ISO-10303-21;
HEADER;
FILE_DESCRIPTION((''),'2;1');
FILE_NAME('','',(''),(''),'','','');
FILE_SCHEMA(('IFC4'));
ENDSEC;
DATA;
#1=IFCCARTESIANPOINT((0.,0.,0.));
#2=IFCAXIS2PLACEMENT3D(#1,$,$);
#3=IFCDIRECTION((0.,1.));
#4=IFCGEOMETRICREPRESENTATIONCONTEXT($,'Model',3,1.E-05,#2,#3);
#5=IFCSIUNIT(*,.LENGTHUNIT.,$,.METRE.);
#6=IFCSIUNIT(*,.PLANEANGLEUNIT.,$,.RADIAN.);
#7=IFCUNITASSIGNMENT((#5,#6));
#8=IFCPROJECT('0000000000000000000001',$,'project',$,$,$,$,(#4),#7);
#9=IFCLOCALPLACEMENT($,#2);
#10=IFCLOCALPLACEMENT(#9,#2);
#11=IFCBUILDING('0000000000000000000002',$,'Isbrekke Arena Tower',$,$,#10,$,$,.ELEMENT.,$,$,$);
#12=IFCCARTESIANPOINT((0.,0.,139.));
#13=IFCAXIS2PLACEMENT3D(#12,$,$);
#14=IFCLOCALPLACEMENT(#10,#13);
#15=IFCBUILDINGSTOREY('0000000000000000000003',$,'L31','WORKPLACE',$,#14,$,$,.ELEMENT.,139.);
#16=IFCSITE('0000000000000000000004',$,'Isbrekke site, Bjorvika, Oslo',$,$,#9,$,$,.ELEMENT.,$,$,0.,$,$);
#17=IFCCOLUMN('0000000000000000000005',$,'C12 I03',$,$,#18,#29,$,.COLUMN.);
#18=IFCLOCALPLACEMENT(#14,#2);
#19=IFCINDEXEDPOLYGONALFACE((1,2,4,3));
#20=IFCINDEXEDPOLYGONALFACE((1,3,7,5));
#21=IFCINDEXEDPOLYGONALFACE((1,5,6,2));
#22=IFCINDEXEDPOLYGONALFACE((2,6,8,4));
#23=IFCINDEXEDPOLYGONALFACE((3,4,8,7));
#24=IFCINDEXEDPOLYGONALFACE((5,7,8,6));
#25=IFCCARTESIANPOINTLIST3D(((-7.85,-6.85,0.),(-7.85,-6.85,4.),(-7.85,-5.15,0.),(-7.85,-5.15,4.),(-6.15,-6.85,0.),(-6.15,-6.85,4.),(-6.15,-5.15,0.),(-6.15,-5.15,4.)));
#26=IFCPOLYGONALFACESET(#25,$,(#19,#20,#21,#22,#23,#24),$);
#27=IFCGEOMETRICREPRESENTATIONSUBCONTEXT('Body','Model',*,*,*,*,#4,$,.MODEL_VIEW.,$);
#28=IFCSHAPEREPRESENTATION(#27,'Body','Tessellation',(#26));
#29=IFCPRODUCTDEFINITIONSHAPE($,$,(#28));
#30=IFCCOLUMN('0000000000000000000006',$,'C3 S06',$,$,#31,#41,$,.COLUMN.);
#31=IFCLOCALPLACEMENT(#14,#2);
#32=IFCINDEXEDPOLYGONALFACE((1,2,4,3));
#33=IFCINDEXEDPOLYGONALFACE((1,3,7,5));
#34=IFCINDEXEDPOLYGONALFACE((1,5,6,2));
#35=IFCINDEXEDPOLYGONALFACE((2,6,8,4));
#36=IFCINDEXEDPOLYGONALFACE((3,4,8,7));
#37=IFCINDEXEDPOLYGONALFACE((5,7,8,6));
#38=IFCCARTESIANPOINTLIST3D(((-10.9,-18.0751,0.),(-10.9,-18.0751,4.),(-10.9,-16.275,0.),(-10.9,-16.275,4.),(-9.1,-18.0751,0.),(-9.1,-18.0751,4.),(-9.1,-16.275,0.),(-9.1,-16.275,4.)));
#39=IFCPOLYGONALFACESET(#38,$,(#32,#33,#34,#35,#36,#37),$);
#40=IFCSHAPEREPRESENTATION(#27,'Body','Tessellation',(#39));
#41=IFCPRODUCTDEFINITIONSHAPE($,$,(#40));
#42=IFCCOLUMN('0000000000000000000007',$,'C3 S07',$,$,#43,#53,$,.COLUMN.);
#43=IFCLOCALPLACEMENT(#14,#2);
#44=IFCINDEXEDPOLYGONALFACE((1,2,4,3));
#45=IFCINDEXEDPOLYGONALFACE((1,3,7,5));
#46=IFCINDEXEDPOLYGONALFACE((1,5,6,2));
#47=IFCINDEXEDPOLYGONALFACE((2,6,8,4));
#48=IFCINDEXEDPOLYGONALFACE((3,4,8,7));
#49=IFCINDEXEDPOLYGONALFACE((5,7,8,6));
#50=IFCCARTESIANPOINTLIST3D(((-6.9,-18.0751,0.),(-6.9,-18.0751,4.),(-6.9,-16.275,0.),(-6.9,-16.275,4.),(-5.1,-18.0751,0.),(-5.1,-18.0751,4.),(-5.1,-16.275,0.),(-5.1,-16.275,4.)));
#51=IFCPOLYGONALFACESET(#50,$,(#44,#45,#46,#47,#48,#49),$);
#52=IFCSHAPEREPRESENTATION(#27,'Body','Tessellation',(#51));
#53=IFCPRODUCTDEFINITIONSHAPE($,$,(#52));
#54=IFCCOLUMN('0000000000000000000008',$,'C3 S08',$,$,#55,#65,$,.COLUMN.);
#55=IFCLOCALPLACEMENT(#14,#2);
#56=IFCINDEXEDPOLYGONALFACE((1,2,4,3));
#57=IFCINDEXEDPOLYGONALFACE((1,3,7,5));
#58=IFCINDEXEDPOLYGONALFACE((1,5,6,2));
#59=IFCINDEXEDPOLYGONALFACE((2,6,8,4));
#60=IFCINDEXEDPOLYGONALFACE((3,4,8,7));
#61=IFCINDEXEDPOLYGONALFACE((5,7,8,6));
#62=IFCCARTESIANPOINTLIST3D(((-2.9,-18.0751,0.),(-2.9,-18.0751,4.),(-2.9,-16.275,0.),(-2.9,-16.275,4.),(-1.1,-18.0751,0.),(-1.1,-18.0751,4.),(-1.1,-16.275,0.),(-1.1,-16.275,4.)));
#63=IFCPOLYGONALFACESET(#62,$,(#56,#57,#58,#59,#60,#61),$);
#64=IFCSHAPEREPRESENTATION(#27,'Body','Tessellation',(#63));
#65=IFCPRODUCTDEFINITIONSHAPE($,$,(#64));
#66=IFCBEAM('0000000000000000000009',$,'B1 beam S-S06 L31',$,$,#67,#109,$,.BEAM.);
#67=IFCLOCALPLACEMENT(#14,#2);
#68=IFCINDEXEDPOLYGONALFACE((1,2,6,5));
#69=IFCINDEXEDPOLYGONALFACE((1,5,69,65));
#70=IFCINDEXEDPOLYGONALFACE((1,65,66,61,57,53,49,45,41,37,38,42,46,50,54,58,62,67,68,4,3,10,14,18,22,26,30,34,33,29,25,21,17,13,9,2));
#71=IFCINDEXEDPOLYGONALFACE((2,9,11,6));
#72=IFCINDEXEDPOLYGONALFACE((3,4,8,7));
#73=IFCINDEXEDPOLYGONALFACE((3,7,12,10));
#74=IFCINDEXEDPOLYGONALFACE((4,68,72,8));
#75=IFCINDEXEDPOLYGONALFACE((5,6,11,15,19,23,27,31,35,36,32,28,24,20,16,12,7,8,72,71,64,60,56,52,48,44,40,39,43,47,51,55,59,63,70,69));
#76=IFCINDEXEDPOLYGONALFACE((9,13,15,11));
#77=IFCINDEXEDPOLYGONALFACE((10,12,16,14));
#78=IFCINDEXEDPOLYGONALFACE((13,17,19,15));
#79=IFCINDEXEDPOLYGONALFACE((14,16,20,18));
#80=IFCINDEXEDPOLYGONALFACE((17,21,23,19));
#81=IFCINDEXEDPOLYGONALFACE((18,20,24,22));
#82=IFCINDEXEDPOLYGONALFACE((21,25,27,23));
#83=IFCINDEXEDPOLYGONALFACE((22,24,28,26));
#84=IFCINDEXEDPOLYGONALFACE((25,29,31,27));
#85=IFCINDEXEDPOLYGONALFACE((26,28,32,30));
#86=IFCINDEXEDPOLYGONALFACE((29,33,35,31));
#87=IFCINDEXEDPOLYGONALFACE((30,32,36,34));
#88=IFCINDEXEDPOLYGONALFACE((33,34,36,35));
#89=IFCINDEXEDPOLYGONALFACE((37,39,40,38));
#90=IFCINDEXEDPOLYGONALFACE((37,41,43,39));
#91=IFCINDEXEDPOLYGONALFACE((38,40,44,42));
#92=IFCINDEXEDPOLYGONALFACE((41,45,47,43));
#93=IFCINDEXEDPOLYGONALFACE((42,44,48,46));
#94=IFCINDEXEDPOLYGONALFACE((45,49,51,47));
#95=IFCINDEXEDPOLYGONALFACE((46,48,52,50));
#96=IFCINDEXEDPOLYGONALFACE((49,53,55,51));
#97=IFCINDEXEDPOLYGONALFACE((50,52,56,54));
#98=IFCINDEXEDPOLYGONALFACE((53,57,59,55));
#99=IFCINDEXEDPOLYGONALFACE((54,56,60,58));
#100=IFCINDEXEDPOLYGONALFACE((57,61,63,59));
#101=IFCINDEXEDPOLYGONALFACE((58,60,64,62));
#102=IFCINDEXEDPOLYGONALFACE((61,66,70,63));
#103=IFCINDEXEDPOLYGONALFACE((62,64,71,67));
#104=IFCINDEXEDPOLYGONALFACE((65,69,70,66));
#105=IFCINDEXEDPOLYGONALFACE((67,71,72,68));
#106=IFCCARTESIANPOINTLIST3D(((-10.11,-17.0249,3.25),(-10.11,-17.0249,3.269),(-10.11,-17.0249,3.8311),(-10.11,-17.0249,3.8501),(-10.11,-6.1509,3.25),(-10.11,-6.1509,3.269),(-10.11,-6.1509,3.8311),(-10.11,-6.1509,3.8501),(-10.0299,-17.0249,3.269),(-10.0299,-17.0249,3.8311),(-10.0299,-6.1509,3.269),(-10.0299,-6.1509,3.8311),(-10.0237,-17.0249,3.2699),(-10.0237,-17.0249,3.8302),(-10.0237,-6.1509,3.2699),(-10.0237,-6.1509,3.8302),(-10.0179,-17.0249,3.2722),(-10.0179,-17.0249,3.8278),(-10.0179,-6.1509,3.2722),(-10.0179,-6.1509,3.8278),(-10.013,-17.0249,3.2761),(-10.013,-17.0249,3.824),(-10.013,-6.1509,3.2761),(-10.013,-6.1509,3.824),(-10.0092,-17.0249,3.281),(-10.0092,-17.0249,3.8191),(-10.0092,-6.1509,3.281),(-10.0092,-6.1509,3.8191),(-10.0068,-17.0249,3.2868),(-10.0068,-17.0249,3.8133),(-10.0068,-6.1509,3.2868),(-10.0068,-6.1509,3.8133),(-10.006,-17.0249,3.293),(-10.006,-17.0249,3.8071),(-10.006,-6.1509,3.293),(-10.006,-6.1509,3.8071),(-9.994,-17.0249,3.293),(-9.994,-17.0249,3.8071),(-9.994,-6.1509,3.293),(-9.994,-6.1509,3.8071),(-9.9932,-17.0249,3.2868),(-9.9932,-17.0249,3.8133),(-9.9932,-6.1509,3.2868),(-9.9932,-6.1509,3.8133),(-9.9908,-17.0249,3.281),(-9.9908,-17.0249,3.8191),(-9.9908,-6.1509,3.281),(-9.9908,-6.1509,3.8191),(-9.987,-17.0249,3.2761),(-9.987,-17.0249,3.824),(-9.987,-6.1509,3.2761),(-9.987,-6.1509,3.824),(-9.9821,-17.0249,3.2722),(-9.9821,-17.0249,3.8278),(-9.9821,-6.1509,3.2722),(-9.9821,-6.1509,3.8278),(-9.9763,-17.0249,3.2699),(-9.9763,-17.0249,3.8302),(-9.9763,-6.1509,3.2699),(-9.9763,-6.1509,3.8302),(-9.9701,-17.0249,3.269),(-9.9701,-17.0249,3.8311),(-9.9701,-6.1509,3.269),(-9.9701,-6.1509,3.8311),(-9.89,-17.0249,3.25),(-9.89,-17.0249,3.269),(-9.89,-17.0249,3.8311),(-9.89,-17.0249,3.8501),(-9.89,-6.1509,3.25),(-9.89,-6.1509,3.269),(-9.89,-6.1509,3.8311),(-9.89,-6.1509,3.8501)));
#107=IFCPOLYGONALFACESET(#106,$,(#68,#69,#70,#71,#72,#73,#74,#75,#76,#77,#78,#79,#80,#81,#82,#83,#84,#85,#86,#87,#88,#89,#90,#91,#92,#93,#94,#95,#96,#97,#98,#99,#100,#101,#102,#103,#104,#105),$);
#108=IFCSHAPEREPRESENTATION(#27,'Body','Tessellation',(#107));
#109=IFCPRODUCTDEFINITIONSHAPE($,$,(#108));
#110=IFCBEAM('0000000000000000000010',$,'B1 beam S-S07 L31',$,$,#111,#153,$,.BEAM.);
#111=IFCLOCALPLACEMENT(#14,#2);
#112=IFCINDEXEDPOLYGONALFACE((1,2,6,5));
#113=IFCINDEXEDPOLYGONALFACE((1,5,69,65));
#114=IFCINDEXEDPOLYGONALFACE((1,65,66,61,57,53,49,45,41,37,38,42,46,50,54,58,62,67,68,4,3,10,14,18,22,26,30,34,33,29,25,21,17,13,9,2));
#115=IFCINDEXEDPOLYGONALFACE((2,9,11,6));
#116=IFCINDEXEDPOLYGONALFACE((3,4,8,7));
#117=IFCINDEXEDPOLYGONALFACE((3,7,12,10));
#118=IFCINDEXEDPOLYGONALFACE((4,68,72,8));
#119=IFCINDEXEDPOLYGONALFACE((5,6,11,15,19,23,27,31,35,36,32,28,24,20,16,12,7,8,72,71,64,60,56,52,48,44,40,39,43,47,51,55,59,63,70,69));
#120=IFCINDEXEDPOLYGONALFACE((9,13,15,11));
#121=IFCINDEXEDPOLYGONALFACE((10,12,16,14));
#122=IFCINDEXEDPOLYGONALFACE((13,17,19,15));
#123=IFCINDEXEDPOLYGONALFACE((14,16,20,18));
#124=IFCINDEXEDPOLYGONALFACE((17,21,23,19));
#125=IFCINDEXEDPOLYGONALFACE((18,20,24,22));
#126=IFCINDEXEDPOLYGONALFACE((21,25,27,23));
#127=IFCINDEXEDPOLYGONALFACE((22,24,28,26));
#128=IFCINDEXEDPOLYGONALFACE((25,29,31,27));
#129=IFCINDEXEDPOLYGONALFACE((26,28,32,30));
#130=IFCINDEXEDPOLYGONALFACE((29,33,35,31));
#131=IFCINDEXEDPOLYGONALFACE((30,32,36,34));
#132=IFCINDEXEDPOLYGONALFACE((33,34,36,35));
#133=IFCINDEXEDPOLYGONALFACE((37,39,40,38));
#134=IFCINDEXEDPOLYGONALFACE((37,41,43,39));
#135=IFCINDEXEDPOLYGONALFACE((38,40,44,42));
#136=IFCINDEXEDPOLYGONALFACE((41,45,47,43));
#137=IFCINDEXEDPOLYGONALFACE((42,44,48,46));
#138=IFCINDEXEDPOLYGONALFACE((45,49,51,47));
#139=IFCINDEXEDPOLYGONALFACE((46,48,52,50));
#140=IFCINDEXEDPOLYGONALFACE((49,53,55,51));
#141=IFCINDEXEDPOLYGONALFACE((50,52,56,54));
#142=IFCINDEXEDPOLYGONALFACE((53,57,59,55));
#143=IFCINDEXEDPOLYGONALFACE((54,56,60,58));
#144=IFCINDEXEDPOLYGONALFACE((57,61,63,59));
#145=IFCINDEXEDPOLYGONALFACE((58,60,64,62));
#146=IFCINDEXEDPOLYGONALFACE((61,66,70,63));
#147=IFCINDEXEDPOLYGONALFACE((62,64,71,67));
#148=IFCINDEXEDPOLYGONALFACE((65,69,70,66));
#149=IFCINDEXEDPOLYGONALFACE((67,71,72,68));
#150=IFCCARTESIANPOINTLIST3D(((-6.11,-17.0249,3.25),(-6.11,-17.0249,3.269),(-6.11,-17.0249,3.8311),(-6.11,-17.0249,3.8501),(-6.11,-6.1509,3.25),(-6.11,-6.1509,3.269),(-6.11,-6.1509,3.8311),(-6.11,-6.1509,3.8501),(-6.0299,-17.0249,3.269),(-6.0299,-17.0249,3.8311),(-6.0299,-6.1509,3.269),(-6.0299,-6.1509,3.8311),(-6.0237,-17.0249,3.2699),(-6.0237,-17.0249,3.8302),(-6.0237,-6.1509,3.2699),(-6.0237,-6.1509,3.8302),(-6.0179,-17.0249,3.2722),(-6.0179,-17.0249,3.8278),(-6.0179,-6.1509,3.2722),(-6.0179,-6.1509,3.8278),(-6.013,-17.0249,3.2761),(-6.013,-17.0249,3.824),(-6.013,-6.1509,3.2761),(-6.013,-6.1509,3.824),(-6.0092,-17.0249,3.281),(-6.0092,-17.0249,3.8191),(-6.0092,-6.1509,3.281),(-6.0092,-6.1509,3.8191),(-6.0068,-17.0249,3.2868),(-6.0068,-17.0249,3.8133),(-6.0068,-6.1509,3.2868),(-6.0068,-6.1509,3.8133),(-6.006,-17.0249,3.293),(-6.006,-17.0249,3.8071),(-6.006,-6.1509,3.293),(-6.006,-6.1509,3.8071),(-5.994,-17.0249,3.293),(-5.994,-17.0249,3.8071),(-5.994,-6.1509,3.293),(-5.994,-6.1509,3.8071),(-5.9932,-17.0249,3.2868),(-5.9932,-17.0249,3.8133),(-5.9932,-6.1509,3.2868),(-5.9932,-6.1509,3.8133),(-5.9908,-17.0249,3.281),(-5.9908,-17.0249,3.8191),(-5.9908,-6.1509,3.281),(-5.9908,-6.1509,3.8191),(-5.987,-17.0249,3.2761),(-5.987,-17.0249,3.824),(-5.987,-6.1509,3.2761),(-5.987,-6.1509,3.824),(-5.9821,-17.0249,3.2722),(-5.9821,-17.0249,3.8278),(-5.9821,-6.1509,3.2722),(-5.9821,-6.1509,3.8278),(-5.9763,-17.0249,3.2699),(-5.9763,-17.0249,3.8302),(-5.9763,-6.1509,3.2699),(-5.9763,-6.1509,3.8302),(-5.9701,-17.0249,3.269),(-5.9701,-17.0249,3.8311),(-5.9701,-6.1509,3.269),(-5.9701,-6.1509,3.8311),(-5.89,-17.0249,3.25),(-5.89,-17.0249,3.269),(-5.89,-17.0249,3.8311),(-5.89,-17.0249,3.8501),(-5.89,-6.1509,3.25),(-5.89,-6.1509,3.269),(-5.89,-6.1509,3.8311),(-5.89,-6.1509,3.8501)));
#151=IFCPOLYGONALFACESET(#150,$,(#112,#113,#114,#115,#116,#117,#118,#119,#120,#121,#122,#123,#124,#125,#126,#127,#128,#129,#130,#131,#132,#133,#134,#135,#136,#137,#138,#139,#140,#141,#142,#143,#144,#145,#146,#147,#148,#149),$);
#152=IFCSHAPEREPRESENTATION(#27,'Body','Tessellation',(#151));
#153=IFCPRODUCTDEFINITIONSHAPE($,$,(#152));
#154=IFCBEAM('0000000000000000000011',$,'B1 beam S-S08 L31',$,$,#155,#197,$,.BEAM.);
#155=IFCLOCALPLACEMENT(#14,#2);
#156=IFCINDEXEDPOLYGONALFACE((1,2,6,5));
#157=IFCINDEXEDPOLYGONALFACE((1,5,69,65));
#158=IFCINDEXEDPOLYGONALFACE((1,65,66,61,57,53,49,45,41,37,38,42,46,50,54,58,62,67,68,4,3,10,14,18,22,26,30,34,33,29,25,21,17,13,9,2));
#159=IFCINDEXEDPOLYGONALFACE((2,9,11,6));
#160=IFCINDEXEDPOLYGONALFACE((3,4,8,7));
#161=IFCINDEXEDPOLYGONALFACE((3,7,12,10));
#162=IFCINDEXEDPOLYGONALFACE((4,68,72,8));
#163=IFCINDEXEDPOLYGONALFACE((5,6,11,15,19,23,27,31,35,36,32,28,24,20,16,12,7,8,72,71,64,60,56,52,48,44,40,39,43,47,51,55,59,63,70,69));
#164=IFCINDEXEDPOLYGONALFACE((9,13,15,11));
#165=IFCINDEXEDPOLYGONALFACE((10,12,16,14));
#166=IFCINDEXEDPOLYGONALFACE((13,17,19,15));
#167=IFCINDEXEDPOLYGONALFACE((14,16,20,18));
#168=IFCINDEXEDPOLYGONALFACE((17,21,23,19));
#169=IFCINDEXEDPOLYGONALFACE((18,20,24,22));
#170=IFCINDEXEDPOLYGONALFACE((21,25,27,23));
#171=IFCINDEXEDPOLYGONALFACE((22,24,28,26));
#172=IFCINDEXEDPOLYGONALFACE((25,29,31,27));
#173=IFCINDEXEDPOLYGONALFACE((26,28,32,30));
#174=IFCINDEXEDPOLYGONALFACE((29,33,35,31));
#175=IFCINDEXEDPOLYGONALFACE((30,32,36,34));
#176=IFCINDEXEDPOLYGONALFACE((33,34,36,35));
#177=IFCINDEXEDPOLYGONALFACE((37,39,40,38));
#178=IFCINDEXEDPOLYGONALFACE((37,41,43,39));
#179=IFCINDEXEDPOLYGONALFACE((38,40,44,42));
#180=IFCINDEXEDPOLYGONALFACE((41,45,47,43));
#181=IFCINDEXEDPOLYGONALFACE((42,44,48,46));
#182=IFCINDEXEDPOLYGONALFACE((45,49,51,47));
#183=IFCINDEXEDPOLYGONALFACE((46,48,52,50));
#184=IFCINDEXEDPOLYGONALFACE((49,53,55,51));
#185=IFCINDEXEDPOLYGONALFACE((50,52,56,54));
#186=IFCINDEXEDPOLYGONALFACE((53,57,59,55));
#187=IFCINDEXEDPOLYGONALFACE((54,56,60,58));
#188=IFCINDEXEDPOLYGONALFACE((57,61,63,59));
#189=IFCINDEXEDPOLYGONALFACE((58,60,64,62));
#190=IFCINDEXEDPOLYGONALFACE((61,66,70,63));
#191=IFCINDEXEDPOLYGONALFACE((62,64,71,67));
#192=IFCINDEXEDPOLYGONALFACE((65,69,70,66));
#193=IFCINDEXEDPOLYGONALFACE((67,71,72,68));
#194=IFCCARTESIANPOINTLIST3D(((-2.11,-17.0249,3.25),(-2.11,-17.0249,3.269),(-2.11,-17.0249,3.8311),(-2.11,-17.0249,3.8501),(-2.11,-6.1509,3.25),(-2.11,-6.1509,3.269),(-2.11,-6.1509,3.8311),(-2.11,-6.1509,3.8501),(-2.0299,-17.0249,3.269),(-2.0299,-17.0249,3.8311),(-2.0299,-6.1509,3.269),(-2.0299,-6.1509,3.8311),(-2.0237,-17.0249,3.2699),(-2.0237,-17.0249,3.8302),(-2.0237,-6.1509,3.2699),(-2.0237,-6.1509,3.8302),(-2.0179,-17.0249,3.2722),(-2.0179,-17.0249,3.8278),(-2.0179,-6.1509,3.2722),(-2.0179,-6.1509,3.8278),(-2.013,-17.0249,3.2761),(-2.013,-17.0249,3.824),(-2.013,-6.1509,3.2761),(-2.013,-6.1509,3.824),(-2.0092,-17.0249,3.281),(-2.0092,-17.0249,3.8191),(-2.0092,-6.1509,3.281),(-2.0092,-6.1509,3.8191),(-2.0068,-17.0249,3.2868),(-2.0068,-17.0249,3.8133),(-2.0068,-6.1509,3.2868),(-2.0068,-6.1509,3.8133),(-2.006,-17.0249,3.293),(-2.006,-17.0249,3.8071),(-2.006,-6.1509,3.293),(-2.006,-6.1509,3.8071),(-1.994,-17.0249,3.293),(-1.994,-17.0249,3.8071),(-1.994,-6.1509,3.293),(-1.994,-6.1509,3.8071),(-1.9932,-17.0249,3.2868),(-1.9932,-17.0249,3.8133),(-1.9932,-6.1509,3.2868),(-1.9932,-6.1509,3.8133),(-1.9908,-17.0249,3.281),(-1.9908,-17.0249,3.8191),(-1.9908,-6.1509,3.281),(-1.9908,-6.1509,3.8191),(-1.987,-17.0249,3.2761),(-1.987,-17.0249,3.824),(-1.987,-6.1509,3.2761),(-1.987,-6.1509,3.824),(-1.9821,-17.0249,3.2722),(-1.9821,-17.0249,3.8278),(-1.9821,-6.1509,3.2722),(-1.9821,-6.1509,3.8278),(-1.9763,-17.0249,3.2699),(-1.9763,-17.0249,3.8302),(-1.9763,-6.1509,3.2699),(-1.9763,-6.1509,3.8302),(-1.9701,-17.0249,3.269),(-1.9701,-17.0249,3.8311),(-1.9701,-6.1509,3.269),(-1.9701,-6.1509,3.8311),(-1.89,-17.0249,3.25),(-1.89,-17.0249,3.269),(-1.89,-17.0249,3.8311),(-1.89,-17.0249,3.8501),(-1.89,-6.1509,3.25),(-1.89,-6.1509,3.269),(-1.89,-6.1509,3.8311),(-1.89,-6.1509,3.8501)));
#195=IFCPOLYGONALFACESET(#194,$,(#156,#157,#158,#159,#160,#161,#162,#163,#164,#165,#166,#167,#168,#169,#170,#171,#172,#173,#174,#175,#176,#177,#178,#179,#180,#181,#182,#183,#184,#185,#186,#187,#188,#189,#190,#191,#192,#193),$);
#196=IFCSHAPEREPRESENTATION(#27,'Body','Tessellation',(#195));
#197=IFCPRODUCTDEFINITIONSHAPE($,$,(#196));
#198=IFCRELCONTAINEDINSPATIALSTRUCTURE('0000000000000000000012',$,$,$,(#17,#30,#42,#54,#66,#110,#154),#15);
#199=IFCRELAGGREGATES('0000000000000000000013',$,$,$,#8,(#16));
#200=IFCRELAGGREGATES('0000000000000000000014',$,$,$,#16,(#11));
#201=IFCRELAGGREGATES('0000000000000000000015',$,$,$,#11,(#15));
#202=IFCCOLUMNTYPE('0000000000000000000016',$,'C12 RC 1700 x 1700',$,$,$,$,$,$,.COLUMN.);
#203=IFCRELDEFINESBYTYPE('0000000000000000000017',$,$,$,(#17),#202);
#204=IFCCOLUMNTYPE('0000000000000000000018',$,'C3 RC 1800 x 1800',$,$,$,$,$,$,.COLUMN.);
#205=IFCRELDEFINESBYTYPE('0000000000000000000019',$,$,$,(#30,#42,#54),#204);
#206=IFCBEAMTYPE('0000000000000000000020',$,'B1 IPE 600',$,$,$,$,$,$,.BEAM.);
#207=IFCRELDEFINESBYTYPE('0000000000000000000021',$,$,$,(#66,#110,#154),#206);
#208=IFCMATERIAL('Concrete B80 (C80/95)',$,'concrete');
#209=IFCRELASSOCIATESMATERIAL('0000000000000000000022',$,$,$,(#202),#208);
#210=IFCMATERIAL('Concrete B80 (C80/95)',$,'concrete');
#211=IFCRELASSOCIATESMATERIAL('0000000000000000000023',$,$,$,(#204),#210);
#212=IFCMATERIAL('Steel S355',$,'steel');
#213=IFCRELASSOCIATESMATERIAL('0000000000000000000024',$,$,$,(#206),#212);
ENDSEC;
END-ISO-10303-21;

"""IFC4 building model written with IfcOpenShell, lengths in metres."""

from ifc_helpers import new_model, si_unit, direction, frame, origin, origin_2d, place, context, subcontext, project, spatial, rectangle, i_section, extrude, material, material_profile, profile_set, type_object, element, save


model = new_model("IFC4")

# Units and contexts
model_context = context("Model", 3, precision=1e-05, world=origin(), true_north=direction((0.0, 1.0)))
body_context = subcontext(model_context, "Body", "Model", "MODEL_VIEW")
ifc_project = project(units=[si_unit("LENGTHUNIT", "METRE"), si_unit("PLANEANGLEUNIT", "RADIAN")], contexts=[model_context])

# Site, building, storey
site_placement = place(None, origin())
site = spatial("IfcSite", under=ifc_project, at=site_placement, Name="Isbrekke site, Bjorvika, Oslo", CompositionType="ELEMENT", RefElevation=0.0)
building_placement = place(site_placement, origin())
building = spatial("IfcBuilding", under=site, at=building_placement, Name="Isbrekke Arena Tower", CompositionType="ELEMENT")
storey_placement = place(building_placement, frame((0.0, 0.0, 139.0)))
storey = spatial("IfcBuildingStorey", under=building, at=storey_placement, Name="L31", Description="WORKPLACE", CompositionType="ELEMENT", Elevation=139.0)

# Columns
ifc_material_1 = material(Name="Concrete B80 (C80/95)", Category="concrete")
ifc_material_profile_1 = material_profile(ifc_material_1, rectangle(XDim=1.7, YDim=1.7, at=origin_2d()), Name="RC 1700x1700")
ifc_profile_set_1 = profile_set([ifc_material_profile_1], Name="Concrete B80 (C80/95)")
column_type_1 = type_object("IfcColumnType", Name="C12 RC 1700 x 1700", PredefinedType="COLUMN", material=ifc_profile_set_1)
column_placement = place(storey_placement, frame((-7.0, -6.0, 0.0), z_axis=(0.0, 0.0, 1.0), x_axis=(1.0, 0.0, 0.0)))
element("IfcColumn", 1, at=column_placement, inside=storey, type_object=column_type_1, Name="C12 I03", PredefinedType="COLUMN", context=body_context, shape_type="SweptSolid", body=[
    extrude(rectangle(XDim=1.7, YDim=1.7, at=origin_2d()), origin(), (0.0, 0.0, 1.0), 4.0),
])
ifc_material_2 = material(Name="Concrete B80 (C80/95)", Category="concrete")
ifc_material_profile_2 = material_profile(ifc_material_2, rectangle(XDim=1.8, YDim=1.8, at=origin_2d()), Name="RC 1800x1800")
ifc_profile_set_2 = profile_set([ifc_material_profile_2], Name="Concrete B80 (C80/95)")
column_type_2 = type_object("IfcColumnType", Name="C3 RC 1800 x 1800", PredefinedType="COLUMN", material=ifc_profile_set_2)
for number, where, z_axis, x_axis, name in (
    (2, (-10.0, -17.175, 0.0), (0.0, 0.0, 1.0), (1.0, 0.0, 0.0), "C3 S06"),
    (3, (-6.0, -17.175, 0.0), (0.0, 0.0, 1.0), (1.0, 0.0, 0.0), "C3 S07"),
    (4, (-2.0, -17.175, 0.0), (0.0, 0.0, 1.0), (1.0, 0.0, 0.0), "C3 S08"),
):
    element("IfcColumn", number, at=place(storey_placement, frame(where, z_axis=z_axis, x_axis=x_axis)), inside=storey, type_object=column_type_2, Name=name, PredefinedType="COLUMN", context=body_context, shape_type="SweptSolid", body=[
        extrude(rectangle(XDim=1.8, YDim=1.8, at=origin_2d()), origin(), (0.0, 0.0, 1.0), 4.0),
    ])

# Beams
ifc_material_3 = material(Name="Steel S355", Category="steel")
ifc_material_profile_3 = material_profile(ifc_material_3, i_section(OverallWidth=0.22, OverallDepth=0.6001, WebThickness=0.012, FlangeThickness=0.019, FilletRadius=0.0239, at=origin_2d()), Name="IPE 600")
ifc_profile_set_3 = profile_set([ifc_material_profile_3], Name="Steel S355")
beam_type_1 = type_object("IfcBeamType", Name="B1 IPE 600", PredefinedType="BEAM", material=ifc_profile_set_3)
for number, where, z_axis, x_axis, name in (
    (5, (-10.0, -17.0249, 3.55), (0.0, 1.0, 0.0), (-1.0, 0.0, 0.0), "B1 beam S-S06 L31"),
    (6, (-6.0, -17.0249, 3.55), (0.0, 1.0, 0.0), (-1.0, 0.0, 0.0), "B1 beam S-S07 L31"),
    (7, (-2.0, -17.0249, 3.55), (0.0, 1.0, 0.0), (-1.0, 0.0, 0.0), "B1 beam S-S08 L31"),
):
    element("IfcBeam", number, at=place(storey_placement, frame(where, z_axis=z_axis, x_axis=x_axis)), inside=storey, type_object=beam_type_1, Name=name, PredefinedType="BEAM", context=body_context, shape_type="SweptSolid", body=[
        extrude(i_section(OverallWidth=0.22, OverallDepth=0.6001, WebThickness=0.012, FlangeThickness=0.019, FilletRadius=0.0239, at=origin_2d()), origin(), (0.0, 0.0, 1.0), 10.874),
    ])

save(model, "model.ifc")
